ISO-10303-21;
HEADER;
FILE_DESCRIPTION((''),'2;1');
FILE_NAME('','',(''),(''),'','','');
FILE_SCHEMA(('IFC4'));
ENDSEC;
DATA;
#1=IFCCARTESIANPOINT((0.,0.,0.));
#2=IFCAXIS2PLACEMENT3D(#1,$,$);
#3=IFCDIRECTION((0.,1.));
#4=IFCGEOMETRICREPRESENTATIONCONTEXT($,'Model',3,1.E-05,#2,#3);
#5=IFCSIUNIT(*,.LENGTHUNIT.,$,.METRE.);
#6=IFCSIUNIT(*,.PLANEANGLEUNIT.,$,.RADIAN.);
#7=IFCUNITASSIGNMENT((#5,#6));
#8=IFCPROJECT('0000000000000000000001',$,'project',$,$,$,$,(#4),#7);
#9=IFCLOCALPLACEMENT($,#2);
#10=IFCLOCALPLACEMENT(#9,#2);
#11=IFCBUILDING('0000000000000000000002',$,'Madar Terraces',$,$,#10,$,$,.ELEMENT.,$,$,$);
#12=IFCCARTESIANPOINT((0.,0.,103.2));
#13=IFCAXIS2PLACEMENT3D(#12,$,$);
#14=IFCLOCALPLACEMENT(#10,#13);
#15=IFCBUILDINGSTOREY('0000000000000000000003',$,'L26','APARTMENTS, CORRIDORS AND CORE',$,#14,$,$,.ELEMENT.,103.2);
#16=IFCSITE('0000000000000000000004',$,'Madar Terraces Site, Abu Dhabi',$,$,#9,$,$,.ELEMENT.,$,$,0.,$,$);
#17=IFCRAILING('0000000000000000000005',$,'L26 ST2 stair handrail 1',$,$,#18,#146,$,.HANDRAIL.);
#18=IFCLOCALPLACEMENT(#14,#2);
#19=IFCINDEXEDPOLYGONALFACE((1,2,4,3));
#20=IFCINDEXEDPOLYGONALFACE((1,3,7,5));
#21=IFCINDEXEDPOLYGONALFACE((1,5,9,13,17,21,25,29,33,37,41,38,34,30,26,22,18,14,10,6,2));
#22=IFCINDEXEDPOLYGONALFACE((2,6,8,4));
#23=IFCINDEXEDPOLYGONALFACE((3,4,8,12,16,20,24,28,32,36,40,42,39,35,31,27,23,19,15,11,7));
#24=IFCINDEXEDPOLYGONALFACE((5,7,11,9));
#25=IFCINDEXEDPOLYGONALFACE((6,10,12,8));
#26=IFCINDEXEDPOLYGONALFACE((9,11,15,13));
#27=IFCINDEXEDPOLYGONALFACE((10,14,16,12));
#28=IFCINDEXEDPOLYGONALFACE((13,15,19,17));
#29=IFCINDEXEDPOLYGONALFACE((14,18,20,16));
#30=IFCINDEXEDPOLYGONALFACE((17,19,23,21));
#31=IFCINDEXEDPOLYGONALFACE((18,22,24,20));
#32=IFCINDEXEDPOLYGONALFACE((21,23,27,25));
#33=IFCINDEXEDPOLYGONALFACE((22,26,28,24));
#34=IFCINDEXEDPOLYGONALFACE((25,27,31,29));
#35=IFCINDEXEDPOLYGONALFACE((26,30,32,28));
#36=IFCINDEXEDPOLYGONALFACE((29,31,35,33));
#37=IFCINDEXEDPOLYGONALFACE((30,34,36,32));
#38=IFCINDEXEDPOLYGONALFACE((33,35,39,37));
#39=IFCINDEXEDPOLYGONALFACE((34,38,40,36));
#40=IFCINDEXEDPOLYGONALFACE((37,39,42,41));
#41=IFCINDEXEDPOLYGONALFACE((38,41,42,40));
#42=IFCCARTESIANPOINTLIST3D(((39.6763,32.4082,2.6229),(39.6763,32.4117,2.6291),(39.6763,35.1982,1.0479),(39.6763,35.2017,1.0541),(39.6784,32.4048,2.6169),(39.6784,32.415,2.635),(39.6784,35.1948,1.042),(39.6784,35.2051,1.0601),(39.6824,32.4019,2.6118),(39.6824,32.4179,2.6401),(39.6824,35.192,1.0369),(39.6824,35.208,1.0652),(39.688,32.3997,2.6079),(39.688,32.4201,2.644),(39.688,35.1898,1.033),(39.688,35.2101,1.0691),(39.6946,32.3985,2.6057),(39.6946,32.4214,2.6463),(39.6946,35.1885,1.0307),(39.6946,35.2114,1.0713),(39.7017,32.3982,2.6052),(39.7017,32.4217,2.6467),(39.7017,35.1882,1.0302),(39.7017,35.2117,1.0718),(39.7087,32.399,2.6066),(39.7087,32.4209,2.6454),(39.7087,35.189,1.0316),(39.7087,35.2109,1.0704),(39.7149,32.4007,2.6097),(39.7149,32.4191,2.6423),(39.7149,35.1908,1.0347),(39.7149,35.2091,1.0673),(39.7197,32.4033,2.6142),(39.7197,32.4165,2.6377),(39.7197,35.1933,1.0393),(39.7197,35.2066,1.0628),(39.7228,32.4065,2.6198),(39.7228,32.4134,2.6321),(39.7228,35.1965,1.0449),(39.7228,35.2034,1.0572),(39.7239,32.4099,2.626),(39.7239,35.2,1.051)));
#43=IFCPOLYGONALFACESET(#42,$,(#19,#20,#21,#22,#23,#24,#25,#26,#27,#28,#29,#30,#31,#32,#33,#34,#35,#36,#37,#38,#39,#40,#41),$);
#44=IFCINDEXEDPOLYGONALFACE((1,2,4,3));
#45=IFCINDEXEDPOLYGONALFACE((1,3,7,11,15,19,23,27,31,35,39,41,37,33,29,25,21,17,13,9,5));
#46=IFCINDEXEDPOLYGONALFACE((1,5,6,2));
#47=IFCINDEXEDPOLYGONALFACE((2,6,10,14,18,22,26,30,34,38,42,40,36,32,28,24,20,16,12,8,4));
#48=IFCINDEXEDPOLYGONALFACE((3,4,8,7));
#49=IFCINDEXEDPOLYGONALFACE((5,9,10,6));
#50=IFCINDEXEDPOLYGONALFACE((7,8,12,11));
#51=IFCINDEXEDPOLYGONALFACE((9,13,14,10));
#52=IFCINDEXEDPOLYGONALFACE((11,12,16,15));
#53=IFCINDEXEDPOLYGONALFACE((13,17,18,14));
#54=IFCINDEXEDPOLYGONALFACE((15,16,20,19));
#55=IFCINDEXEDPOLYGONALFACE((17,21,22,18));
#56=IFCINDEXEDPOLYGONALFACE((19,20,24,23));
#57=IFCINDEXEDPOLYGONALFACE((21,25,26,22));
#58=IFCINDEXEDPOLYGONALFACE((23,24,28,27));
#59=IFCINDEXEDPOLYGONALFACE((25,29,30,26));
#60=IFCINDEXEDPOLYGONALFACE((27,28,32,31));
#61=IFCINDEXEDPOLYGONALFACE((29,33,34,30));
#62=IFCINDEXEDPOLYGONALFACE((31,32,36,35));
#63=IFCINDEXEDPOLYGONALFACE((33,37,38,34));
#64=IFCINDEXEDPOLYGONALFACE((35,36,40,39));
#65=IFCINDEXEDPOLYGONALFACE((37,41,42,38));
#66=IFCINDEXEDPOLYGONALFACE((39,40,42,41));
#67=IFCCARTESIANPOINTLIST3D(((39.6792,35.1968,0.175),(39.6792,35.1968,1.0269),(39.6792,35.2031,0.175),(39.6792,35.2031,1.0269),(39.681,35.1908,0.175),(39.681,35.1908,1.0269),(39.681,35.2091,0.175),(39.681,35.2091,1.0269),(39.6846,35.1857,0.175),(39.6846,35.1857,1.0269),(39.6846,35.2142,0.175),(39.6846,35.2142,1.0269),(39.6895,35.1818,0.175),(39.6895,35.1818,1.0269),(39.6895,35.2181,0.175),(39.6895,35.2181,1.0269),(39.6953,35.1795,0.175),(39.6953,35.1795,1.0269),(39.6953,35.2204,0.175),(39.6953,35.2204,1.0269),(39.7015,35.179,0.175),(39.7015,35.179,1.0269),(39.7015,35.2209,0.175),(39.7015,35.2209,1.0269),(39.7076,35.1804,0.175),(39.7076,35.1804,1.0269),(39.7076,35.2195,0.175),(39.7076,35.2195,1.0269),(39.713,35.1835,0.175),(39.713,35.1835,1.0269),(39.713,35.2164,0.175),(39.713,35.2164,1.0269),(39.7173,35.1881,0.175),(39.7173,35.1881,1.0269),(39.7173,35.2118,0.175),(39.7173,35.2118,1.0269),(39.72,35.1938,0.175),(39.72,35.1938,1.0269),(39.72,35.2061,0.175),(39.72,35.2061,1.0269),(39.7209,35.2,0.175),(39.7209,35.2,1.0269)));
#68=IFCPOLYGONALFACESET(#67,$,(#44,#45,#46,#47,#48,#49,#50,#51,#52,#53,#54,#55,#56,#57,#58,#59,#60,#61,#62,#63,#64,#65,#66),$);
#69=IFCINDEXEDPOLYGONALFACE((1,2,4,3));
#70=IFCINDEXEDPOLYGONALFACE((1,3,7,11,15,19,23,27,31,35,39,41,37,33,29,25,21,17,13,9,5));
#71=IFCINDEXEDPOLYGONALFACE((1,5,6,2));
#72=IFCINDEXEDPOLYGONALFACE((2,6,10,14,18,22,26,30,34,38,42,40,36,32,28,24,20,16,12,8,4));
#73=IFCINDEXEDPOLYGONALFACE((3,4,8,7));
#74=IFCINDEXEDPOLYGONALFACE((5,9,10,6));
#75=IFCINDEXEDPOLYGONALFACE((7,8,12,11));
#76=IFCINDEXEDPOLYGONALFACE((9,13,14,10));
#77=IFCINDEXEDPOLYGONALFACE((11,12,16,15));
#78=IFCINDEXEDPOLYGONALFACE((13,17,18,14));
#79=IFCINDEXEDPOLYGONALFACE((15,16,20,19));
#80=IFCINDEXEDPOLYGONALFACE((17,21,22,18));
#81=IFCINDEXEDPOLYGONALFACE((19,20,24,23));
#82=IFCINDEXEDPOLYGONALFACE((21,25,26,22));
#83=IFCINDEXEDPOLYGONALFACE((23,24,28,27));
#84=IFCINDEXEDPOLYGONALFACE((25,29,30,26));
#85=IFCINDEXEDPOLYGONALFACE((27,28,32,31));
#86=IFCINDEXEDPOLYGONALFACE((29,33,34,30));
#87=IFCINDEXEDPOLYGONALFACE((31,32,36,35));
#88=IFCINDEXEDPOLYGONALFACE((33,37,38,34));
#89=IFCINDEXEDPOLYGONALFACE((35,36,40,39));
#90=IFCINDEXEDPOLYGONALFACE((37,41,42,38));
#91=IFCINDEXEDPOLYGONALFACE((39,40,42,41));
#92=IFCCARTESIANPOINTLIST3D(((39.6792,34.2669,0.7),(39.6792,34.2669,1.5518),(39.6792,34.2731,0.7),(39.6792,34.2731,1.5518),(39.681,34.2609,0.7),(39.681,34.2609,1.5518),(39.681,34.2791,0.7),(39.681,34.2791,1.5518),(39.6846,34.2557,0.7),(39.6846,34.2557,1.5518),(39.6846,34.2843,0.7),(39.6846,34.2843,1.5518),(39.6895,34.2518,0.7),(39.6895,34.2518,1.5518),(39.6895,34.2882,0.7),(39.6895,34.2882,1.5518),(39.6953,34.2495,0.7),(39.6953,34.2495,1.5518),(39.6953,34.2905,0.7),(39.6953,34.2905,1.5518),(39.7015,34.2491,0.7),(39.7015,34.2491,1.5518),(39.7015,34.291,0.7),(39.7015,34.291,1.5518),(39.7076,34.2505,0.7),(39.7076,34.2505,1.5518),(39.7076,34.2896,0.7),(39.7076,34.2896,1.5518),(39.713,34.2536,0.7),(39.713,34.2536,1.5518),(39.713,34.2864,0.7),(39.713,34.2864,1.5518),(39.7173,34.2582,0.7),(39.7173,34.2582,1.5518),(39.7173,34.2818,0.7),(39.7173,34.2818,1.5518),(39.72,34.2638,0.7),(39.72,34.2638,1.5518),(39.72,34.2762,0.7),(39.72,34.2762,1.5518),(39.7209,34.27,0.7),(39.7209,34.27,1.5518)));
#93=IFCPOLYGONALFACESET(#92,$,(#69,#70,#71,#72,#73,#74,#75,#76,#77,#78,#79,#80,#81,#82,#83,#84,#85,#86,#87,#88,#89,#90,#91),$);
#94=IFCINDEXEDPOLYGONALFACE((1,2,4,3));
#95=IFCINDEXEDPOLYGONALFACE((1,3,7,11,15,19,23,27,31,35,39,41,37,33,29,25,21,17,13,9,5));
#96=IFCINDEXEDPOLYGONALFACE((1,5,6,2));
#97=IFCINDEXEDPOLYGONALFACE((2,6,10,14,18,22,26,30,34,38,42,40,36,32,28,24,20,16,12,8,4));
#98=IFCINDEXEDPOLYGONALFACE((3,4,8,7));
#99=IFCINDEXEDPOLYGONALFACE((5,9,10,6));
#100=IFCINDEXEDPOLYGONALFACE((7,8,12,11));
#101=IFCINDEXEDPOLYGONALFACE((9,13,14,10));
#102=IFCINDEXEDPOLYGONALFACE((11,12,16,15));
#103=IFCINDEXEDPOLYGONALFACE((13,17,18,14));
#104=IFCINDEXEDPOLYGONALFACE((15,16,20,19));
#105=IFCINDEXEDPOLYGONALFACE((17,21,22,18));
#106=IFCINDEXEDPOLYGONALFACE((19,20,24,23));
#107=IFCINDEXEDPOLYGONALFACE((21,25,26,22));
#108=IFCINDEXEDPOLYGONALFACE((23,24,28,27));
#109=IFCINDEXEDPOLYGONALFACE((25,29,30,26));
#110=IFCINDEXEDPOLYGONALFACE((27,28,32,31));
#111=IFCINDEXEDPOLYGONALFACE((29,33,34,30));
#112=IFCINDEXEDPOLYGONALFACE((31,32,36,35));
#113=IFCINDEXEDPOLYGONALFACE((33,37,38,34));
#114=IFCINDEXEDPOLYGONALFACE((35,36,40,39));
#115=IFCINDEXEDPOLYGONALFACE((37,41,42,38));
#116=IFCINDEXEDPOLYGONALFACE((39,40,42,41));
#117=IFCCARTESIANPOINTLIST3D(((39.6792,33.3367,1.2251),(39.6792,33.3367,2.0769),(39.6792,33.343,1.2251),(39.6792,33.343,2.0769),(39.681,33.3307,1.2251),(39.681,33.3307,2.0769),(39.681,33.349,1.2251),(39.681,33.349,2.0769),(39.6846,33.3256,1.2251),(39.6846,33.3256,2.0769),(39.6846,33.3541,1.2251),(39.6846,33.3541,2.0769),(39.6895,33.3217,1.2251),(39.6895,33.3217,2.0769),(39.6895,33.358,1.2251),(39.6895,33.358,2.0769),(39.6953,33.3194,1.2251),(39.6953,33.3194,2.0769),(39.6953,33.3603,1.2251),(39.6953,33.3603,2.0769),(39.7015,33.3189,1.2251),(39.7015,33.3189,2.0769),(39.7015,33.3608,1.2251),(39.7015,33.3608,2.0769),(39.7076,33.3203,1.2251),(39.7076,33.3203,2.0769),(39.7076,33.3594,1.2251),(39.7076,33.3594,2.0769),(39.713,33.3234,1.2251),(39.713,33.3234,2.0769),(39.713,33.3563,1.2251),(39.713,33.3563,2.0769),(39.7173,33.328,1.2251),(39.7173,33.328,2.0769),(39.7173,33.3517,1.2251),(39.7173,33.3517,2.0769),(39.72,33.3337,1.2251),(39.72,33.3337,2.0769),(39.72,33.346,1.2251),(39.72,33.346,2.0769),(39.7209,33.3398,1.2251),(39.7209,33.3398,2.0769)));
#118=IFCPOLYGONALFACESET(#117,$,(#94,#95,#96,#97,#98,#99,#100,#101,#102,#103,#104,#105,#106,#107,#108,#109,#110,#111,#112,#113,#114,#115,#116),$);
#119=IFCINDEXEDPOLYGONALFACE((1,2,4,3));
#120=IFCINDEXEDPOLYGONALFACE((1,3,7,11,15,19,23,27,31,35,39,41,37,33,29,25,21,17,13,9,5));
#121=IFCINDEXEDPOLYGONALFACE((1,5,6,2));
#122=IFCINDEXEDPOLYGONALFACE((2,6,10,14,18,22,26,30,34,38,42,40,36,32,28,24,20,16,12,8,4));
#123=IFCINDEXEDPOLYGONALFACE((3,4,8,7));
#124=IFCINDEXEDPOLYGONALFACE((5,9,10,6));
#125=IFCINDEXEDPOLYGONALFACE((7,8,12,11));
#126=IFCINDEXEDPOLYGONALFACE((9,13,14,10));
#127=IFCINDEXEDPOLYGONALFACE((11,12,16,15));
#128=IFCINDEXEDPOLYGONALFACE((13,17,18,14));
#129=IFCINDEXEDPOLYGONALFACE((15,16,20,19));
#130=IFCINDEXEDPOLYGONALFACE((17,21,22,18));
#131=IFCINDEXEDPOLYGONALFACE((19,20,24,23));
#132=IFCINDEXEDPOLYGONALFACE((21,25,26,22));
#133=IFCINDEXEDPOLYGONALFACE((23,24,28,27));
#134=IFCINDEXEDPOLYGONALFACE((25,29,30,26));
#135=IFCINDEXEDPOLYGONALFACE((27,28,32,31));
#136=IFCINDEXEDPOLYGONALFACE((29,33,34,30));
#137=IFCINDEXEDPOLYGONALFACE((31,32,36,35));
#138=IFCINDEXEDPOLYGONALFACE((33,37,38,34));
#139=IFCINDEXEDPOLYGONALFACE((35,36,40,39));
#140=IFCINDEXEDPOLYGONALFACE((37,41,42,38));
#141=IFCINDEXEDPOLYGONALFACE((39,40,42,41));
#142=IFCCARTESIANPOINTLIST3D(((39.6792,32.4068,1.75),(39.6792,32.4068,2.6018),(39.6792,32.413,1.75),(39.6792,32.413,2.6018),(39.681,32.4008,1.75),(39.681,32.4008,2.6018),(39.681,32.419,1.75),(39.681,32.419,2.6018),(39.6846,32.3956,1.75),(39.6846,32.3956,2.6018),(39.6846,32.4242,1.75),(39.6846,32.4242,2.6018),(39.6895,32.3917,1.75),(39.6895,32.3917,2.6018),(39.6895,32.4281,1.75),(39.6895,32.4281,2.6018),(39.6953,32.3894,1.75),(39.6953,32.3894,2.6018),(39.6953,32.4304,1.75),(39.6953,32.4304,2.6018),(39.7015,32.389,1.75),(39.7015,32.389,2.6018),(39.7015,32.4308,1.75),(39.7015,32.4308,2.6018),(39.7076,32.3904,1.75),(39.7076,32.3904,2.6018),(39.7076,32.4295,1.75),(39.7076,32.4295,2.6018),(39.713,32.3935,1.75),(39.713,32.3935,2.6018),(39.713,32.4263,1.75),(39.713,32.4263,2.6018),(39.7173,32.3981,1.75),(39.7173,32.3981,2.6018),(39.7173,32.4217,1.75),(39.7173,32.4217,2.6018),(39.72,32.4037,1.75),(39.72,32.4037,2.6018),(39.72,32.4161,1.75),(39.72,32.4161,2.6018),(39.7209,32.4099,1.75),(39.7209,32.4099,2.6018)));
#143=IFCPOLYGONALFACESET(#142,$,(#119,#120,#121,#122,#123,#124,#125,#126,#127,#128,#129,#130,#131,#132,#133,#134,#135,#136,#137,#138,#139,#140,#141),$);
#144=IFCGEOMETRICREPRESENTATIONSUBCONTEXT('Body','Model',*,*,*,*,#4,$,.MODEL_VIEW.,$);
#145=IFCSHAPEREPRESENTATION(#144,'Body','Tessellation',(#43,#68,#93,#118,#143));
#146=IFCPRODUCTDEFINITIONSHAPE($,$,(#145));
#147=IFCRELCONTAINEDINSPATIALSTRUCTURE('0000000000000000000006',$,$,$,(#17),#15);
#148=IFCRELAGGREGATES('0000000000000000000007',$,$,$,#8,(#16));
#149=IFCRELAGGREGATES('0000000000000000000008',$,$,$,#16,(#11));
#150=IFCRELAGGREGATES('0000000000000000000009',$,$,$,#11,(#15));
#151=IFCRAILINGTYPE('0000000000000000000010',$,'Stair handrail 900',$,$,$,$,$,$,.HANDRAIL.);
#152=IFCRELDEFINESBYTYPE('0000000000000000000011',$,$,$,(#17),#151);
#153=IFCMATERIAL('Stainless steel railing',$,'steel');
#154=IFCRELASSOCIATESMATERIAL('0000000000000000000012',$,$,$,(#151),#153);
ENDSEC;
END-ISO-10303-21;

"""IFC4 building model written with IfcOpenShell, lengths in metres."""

from ifc_helpers import new_model, si_unit, direction, frame, origin, origin_2d, place, context, subcontext, project, spatial, circle, extrude, material, type_object, element, save


model = new_model("IFC4")

# Units and contexts
model_context = context("Model", 3, precision=1e-05, world=origin(), true_north=direction((0.0, 1.0)))
body_context = subcontext(model_context, "Body", "Model", "MODEL_VIEW")
ifc_project = project(units=[si_unit("LENGTHUNIT", "METRE"), si_unit("PLANEANGLEUNIT", "RADIAN")], contexts=[model_context])

# Site, building, storey
site_placement = place(None, origin())
site = spatial("IfcSite", under=ifc_project, at=site_placement, Name="Madar Terraces Site, Abu Dhabi", CompositionType="ELEMENT", RefElevation=0.0)
building_placement = place(site_placement, origin())
building = spatial("IfcBuilding", under=site, at=building_placement, Name="Madar Terraces", CompositionType="ELEMENT")
storey_placement = place(building_placement, frame((0.0, 0.0, 103.2)))
storey = spatial("IfcBuildingStorey", under=building, at=storey_placement, Name="L26", Description="APARTMENTS, CORRIDORS AND CORE", CompositionType="ELEMENT", Elevation=103.2)

# Railing
ifc_material_1 = material(Name="Stainless steel railing", Category="steel")
railing_type_1 = type_object("IfcRailingType", Name="Stair handrail 900", PredefinedType="HANDRAIL", material=ifc_material_1)
railing_1_placement = place(storey_placement, frame((39.7, 35.2, 0.175)))
element("IfcRailing", 1, at=railing_1_placement, inside=storey, type_object=railing_type_1, Name="L26 ST2 stair handrail 1", PredefinedType="HANDRAIL", context=body_context, shape_type="SweptSolid", body=[
    extrude(circle(Radius=0.0239, at=origin_2d()), frame((0.0, 0.0, 0.876), z_axis=(0.0, -0.870834, 0.491578), x_axis=(1.0, 0.0, 0.0)), (0.0, 0.0, 1.0), 3.2039),
    extrude(circle(Radius=0.021, at=origin_2d()), origin(), (0.0, 0.0, 1.0), 0.8518),
    extrude(circle(Radius=0.021, at=origin_2d()), frame((0.0, -0.9299, 0.5249)), (0.0, 0.0, 1.0), 0.8518),
    extrude(circle(Radius=0.021, at=origin_2d()), frame((0.0, -1.8601, 1.05)), (0.0, 0.0, 1.0), 0.8518),
    extrude(circle(Radius=0.021, at=origin_2d()), frame((0.0, -2.79, 1.575)), (0.0, 0.0, 1.0), 0.8518),
])

save(model, "model.ifc")
